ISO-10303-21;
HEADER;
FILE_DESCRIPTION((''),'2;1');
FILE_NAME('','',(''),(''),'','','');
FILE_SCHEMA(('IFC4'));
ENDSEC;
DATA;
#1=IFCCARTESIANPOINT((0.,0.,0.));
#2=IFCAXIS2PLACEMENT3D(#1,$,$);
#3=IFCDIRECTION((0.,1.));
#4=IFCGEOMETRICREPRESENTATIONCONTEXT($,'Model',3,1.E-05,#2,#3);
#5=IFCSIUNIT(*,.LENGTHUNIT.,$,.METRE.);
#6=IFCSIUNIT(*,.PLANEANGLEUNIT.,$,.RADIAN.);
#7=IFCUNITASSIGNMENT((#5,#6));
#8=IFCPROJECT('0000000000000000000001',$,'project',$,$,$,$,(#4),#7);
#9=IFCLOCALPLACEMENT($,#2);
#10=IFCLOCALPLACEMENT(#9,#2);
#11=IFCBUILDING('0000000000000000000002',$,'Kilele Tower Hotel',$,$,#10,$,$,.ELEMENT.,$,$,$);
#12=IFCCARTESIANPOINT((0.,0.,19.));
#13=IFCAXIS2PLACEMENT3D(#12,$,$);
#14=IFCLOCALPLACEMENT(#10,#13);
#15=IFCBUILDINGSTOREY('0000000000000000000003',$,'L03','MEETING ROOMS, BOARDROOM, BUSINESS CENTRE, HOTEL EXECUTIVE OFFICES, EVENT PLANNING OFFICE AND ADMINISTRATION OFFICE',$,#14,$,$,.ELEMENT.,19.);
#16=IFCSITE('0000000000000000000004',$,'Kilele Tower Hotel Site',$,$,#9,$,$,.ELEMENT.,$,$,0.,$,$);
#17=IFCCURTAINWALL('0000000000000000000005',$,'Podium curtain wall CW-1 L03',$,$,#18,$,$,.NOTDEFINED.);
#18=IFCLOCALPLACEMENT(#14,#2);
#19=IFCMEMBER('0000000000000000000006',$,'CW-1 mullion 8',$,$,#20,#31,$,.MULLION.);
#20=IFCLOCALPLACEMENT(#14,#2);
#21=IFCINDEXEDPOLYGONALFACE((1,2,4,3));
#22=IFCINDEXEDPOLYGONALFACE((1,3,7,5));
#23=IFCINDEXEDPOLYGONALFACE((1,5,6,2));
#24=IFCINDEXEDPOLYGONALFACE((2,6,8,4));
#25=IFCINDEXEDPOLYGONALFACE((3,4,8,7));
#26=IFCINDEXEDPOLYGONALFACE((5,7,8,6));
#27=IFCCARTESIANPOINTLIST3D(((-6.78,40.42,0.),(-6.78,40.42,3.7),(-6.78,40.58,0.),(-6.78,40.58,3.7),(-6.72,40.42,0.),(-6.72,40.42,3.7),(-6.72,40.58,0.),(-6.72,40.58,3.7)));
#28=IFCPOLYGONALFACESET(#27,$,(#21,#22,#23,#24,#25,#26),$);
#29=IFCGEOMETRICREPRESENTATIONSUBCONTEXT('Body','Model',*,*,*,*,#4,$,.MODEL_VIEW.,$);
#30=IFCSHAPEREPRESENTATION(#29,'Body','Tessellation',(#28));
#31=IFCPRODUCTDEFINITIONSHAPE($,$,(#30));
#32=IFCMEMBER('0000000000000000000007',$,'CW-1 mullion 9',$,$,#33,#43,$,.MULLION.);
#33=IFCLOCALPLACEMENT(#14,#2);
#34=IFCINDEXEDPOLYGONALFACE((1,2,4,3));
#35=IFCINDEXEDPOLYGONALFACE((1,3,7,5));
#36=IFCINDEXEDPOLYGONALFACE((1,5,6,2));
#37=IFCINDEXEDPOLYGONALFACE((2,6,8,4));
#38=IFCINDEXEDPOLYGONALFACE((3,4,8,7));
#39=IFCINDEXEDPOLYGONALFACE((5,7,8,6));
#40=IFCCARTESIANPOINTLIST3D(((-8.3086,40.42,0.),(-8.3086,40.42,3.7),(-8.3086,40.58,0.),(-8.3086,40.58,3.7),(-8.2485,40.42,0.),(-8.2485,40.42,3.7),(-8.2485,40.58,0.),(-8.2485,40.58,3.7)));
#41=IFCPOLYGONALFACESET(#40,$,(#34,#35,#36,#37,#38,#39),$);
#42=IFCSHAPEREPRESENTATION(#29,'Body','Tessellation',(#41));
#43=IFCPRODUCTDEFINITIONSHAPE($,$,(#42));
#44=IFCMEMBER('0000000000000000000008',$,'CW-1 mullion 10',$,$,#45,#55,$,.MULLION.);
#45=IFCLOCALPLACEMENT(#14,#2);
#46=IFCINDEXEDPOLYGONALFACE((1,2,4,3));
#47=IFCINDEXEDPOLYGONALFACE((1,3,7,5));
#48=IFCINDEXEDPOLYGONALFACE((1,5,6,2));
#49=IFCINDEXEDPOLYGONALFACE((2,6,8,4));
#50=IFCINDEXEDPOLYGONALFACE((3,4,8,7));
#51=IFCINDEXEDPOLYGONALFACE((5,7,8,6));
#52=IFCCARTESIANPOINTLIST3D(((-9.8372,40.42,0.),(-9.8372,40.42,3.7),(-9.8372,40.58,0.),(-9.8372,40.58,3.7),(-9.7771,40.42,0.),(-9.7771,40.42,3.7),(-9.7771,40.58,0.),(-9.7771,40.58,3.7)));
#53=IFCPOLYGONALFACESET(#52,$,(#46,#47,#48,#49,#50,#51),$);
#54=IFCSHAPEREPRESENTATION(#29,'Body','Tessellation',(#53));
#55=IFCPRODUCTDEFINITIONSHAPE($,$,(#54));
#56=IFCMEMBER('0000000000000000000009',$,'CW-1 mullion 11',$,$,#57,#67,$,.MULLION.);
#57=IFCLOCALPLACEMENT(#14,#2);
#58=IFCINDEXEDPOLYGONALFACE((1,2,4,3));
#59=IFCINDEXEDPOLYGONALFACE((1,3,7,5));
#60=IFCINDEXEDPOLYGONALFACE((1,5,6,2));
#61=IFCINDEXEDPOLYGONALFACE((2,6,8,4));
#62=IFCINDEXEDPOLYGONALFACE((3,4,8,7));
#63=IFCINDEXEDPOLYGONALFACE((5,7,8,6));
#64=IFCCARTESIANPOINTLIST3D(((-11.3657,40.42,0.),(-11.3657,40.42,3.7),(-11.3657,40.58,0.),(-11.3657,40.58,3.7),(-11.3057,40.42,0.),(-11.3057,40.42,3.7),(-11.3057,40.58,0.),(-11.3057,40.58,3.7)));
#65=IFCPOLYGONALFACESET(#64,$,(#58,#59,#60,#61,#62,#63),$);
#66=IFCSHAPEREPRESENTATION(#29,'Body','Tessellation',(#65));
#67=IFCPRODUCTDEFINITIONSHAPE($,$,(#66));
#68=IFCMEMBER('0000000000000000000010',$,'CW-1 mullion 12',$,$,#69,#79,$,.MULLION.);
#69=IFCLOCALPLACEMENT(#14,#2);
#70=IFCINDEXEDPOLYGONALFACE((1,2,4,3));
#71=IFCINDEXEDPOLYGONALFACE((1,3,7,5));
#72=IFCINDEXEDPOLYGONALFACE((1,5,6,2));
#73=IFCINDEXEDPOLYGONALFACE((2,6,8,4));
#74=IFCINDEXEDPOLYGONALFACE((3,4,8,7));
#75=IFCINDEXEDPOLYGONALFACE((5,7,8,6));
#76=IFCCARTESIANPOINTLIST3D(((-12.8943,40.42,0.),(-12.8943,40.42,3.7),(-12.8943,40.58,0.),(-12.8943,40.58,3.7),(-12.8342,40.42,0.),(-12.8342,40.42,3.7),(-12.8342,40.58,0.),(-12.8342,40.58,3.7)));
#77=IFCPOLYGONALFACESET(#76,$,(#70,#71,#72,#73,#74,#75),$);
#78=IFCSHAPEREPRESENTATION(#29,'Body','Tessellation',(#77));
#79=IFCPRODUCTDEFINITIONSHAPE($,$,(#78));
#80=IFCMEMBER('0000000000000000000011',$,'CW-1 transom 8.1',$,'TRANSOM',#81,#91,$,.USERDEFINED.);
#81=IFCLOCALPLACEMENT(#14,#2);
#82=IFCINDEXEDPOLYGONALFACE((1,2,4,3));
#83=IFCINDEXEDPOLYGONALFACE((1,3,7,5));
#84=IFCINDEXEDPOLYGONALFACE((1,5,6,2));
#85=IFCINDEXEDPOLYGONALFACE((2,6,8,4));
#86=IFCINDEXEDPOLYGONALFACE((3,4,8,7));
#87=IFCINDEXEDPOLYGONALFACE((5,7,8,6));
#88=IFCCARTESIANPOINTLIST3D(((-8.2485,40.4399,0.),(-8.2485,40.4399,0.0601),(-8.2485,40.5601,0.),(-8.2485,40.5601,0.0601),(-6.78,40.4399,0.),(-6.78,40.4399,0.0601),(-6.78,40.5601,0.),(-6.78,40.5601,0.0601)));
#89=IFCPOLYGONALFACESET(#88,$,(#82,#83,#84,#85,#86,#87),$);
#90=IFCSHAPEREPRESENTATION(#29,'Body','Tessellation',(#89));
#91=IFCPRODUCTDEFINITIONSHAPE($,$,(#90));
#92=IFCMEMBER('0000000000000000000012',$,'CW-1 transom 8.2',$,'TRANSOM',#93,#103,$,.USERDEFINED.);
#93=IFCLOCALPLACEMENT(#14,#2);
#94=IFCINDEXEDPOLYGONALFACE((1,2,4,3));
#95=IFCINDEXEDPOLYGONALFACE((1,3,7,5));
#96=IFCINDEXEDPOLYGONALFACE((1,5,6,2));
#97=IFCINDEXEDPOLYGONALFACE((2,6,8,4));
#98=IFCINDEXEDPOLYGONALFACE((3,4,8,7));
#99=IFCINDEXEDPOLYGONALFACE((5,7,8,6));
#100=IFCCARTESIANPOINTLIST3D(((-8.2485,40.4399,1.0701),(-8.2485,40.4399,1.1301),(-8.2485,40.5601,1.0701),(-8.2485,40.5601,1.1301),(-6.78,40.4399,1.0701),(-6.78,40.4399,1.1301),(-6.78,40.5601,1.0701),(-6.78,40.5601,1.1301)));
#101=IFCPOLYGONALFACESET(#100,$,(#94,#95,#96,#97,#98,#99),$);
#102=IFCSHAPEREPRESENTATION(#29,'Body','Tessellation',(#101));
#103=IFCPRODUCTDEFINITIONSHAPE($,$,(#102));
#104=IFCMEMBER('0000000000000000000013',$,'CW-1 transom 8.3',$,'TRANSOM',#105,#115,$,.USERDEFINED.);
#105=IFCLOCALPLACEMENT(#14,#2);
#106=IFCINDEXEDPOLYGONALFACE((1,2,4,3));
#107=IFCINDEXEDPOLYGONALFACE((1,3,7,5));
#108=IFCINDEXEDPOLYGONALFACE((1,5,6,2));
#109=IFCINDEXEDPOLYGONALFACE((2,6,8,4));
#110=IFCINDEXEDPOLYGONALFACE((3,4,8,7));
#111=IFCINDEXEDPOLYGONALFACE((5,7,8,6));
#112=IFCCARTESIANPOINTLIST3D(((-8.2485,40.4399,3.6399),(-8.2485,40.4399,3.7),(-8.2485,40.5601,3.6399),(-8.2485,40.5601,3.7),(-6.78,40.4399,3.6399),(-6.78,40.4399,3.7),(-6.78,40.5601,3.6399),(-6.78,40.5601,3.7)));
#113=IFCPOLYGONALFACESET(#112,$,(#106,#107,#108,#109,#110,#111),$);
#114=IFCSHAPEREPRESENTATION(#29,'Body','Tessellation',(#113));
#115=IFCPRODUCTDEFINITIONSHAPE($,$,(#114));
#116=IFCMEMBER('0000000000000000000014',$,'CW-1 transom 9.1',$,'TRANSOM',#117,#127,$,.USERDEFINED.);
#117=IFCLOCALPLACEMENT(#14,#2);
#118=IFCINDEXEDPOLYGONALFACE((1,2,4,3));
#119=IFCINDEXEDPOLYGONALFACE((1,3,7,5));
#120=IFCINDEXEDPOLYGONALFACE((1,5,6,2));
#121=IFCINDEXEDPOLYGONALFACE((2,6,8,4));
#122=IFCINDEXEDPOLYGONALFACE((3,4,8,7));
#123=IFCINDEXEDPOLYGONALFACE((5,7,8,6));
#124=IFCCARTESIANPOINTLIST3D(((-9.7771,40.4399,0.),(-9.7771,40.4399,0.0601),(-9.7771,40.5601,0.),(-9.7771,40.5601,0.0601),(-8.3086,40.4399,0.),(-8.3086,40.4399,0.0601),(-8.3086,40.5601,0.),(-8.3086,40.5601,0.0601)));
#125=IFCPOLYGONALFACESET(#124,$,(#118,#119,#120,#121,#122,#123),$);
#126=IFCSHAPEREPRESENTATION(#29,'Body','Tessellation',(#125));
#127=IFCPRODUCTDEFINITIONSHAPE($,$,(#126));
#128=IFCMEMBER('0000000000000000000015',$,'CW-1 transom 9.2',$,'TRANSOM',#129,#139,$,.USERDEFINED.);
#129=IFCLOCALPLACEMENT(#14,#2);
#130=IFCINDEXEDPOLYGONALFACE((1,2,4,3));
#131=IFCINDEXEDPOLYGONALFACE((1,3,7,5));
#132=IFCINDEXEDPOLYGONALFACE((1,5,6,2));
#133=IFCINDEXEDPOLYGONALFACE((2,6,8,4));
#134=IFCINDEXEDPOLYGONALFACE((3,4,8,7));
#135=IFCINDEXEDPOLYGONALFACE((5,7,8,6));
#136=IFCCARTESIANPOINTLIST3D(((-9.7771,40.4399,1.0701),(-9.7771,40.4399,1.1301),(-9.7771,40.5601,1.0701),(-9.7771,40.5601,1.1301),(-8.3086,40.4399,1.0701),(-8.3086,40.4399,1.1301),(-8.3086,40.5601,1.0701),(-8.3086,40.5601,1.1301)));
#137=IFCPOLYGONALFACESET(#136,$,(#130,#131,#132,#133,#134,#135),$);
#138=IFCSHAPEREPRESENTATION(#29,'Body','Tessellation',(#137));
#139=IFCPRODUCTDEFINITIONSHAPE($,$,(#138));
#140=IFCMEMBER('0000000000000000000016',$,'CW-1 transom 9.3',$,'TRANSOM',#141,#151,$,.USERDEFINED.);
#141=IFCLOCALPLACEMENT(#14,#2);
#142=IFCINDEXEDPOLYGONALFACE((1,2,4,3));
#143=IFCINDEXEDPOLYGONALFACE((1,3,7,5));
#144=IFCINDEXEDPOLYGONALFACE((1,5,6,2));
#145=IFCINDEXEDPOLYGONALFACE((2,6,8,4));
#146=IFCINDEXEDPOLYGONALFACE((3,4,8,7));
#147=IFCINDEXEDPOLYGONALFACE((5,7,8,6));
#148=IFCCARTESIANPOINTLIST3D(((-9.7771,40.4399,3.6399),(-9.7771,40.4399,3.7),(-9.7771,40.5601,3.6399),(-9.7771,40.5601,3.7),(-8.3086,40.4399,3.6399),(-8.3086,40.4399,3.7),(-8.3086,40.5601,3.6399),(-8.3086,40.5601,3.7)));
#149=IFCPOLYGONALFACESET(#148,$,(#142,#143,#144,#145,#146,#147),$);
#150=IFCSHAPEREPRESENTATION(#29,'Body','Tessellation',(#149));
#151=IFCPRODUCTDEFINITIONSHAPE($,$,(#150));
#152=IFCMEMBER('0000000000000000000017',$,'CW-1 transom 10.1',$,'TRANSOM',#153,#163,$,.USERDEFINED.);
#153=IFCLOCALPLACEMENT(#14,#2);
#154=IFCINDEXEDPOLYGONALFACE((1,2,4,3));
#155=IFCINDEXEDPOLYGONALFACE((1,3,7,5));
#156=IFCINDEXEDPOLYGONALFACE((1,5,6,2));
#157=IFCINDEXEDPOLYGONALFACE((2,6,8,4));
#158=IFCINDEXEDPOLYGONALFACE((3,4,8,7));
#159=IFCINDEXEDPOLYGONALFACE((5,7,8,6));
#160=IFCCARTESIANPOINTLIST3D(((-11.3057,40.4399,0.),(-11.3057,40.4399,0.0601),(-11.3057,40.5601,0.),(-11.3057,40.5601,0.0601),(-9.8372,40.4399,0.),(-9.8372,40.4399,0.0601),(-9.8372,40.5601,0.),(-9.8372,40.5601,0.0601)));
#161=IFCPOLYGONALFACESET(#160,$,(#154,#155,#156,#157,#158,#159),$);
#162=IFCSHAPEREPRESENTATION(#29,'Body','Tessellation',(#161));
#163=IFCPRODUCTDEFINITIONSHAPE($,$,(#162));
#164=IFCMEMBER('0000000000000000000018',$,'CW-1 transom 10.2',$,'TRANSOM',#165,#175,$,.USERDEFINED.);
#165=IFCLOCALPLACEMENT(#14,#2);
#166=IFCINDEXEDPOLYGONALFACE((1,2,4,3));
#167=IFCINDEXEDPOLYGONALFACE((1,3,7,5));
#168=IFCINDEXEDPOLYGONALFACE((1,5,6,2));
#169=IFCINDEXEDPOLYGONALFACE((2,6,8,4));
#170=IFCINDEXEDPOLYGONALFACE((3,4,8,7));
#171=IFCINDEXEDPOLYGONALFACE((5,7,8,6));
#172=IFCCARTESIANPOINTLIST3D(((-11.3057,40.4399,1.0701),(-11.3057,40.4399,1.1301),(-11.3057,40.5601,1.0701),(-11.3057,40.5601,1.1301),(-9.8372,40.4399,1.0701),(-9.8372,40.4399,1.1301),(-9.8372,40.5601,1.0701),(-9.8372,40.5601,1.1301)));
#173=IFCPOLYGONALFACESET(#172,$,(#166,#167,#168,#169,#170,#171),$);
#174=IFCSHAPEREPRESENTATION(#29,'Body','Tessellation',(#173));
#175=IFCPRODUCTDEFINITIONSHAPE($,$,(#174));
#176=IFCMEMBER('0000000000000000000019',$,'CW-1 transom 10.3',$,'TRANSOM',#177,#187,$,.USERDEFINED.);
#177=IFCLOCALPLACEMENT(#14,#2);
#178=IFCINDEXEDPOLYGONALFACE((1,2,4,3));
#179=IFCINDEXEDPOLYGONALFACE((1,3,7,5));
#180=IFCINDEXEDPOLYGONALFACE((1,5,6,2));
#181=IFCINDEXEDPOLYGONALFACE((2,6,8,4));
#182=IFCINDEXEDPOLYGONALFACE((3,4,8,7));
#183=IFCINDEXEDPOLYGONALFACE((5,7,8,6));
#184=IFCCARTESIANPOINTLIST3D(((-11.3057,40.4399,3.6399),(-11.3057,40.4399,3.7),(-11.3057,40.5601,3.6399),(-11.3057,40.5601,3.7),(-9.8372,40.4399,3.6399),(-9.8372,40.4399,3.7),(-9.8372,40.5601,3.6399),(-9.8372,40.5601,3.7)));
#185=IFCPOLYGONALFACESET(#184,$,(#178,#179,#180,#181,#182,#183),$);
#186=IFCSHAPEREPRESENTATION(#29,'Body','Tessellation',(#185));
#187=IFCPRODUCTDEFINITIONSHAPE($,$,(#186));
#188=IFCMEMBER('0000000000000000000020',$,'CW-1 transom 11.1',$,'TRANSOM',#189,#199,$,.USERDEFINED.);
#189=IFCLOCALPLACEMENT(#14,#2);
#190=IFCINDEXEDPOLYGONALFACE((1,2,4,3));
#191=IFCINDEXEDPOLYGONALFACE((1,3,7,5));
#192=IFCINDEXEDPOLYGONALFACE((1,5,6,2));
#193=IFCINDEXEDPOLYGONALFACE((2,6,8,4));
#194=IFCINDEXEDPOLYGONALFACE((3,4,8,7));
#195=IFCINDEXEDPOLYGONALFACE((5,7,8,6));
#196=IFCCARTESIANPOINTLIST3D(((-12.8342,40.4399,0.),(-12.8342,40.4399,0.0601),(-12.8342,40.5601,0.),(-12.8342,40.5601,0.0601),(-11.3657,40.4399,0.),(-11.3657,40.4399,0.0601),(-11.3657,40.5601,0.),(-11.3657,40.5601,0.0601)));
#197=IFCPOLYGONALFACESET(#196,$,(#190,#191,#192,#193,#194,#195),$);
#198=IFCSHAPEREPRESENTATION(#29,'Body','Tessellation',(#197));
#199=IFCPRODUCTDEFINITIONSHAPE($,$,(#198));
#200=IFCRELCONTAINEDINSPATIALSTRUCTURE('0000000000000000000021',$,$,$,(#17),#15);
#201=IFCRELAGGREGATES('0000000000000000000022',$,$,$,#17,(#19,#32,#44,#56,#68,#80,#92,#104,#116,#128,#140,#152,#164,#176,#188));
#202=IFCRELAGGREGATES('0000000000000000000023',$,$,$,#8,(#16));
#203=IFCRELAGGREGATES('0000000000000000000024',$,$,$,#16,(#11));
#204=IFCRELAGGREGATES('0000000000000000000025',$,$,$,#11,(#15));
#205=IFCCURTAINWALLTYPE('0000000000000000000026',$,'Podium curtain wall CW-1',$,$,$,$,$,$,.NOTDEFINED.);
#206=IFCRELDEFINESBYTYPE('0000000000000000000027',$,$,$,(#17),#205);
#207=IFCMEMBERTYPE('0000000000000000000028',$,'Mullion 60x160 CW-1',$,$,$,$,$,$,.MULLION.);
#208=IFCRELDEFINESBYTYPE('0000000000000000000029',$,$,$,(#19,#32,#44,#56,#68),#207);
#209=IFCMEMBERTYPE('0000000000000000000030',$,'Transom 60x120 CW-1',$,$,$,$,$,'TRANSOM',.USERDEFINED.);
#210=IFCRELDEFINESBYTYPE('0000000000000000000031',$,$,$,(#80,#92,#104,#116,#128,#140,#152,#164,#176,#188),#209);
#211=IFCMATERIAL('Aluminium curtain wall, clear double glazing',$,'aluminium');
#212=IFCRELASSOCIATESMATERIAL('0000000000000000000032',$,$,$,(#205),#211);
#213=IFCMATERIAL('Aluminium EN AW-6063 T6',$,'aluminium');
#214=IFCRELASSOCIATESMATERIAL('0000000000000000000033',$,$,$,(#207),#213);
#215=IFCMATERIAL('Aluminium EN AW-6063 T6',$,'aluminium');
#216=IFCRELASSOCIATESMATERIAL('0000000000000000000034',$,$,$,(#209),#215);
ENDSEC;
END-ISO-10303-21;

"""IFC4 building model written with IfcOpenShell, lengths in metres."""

from ifc_helpers import new_model, si_unit, direction, frame, origin, origin_2d, place, context, subcontext, project, spatial, rectangle, extrude, material, material_profile, profile_set, type_object, element, aggregate, save


model = new_model("IFC4")

# Units and contexts
model_context = context("Model", 3, precision=1e-05, world=origin(), true_north=direction((0.0, 1.0)))
body_context = subcontext(model_context, "Body", "Model", "MODEL_VIEW")
ifc_project = project(units=[si_unit("LENGTHUNIT", "METRE"), si_unit("PLANEANGLEUNIT", "RADIAN")], contexts=[model_context])

# Site, building, storey
site_placement = place(None, origin())
site = spatial("IfcSite", under=ifc_project, at=site_placement, Name="Kilele Tower Hotel Site", CompositionType="ELEMENT", RefElevation=0.0)
building_placement = place(site_placement, origin())
building = spatial("IfcBuilding", under=site, at=building_placement, Name="Kilele Tower Hotel", CompositionType="ELEMENT")
storey_placement = place(building_placement, frame((0.0, 0.0, 19.0)))
storey = spatial("IfcBuildingStorey", under=building, at=storey_placement, Name="L03", Description="MEETING ROOMS, BOARDROOM, BUSINESS CENTRE, HOTEL EXECUTIVE OFFICES, EVENT PLANNING OFFICE AND ADMINISTRATION OFFICE", CompositionType="ELEMENT", Elevation=19.0)

# Curtain wall, members
ifc_material_1 = material(Name="Aluminium curtain wall, clear double glazing", Category="aluminium")
curtain_wall_type = type_object("IfcCurtainWallType", Name="Podium curtain wall CW-1", PredefinedType="NOTDEFINED", material=ifc_material_1)
curtain_wall_placement = place(storey_placement, origin())
curtain_wall = element("IfcCurtainWall", 1, at=curtain_wall_placement, inside=storey, type_object=curtain_wall_type, Name="Podium curtain wall CW-1 L03", PredefinedType="NOTDEFINED")
ifc_material_2 = material(Name="Aluminium EN AW-6063 T6", Category="aluminium")
ifc_material_profile_1 = material_profile(ifc_material_2, rectangle(XDim=0.1599, YDim=0.0601, at=origin_2d()))
ifc_profile_set_1 = profile_set([ifc_material_profile_1], Name="Aluminium EN AW-6063 T6")
member_type_1 = type_object("IfcMemberType", Name="Mullion 60x160 CW-1", PredefinedType="MULLION", material=ifc_profile_set_1)
member_1_placement = place(storey_placement, frame((-6.75, 40.5, 0.0), z_axis=(0.0, 0.0, 1.0), x_axis=(0.0, -1.0, 0.0)))
member_1 = element("IfcMember", 2, at=member_1_placement, type_object=member_type_1, Name="CW-1 mullion 8", PredefinedType="MULLION", context=body_context, shape_type="SweptSolid", body=[
    extrude(rectangle(XDim=0.1599, YDim=0.0601, at=origin_2d()), origin(), (0.0, 0.0, 1.0), 3.7),
])
member_2_placement = place(storey_placement, frame((-8.2786, 40.5, 0.0), z_axis=(0.0, 0.0, 1.0), x_axis=(0.0, -1.0, 0.0)))
member_2 = element("IfcMember", 3, at=member_2_placement, type_object=member_type_1, Name="CW-1 mullion 9", PredefinedType="MULLION", context=body_context, shape_type="SweptSolid", body=[
    extrude(rectangle(XDim=0.1599, YDim=0.0601, at=origin_2d()), origin(), (0.0, 0.0, 1.0), 3.7),
])
member_3_placement = place(storey_placement, frame((-9.8071, 40.5, 0.0), z_axis=(0.0, 0.0, 1.0), x_axis=(0.0, -1.0, 0.0)))
member_3 = element("IfcMember", 4, at=member_3_placement, type_object=member_type_1, Name="CW-1 mullion 10", PredefinedType="MULLION", context=body_context, shape_type="SweptSolid", body=[
    extrude(rectangle(XDim=0.1599, YDim=0.0601, at=origin_2d()), origin(), (0.0, 0.0, 1.0), 3.7),
])
member_4_placement = place(storey_placement, frame((-11.3357, 40.5, 0.0), z_axis=(0.0, 0.0, 1.0), x_axis=(0.0, -1.0, 0.0)))
member_4 = element("IfcMember", 5, at=member_4_placement, type_object=member_type_1, Name="CW-1 mullion 11", PredefinedType="MULLION", context=body_context, shape_type="SweptSolid", body=[
    extrude(rectangle(XDim=0.1599, YDim=0.0601, at=origin_2d()), origin(), (0.0, 0.0, 1.0), 3.7),
])
member_5_placement = place(storey_placement, frame((-12.8643, 40.5, 0.0), z_axis=(0.0, 0.0, 1.0), x_axis=(0.0, -1.0, 0.0)))
member_5 = element("IfcMember", 6, at=member_5_placement, type_object=member_type_1, Name="CW-1 mullion 12", PredefinedType="MULLION", context=body_context, shape_type="SweptSolid", body=[
    extrude(rectangle(XDim=0.1599, YDim=0.0601, at=origin_2d()), origin(), (0.0, 0.0, 1.0), 3.7),
])
ifc_material_3 = material(Name="Aluminium EN AW-6063 T6", Category="aluminium")
ifc_material_profile_2 = material_profile(ifc_material_3, rectangle(XDim=0.1201, YDim=0.0601, at=origin_2d()))
ifc_profile_set_2 = profile_set([ifc_material_profile_2], Name="Aluminium EN AW-6063 T6")
member_type_2 = type_object("IfcMemberType", Name="Transom 60x120 CW-1", ElementType="TRANSOM", PredefinedType="USERDEFINED", material=ifc_profile_set_2)
member_6_placement = place(storey_placement, frame((-6.78, 40.5, 0.03), z_axis=(-1.0, 0.0, 0.0), x_axis=(0.0, -1.0, 0.0)))
member_6 = element("IfcMember", 7, at=member_6_placement, type_object=member_type_2, Name="CW-1 transom 8.1", ObjectType="TRANSOM", PredefinedType="USERDEFINED", context=body_context, shape_type="SweptSolid", body=[
    extrude(rectangle(XDim=0.1201, YDim=0.0601, at=origin_2d()), origin(), (0.0, 0.0, 1.0), 1.4685),
])
member_7_placement = place(storey_placement, frame((-6.78, 40.5, 1.1001), z_axis=(-1.0, 0.0, 0.0), x_axis=(0.0, -1.0, 0.0)))
member_7 = element("IfcMember", 8, at=member_7_placement, type_object=member_type_2, Name="CW-1 transom 8.2", ObjectType="TRANSOM", PredefinedType="USERDEFINED", context=body_context, shape_type="SweptSolid", body=[
    extrude(rectangle(XDim=0.1201, YDim=0.0601, at=origin_2d()), origin(), (0.0, 0.0, 1.0), 1.4685),
])
member_8_placement = place(storey_placement, frame((-6.78, 40.5, 3.6699), z_axis=(-1.0, 0.0, 0.0), x_axis=(0.0, -1.0, 0.0)))
member_8 = element("IfcMember", 9, at=member_8_placement, type_object=member_type_2, Name="CW-1 transom 8.3", ObjectType="TRANSOM", PredefinedType="USERDEFINED", context=body_context, shape_type="SweptSolid", body=[
    extrude(rectangle(XDim=0.1201, YDim=0.0601, at=origin_2d()), origin(), (0.0, 0.0, 1.0), 1.4685),
])
member_9_placement = place(storey_placement, frame((-8.3086, 40.5, 0.03), z_axis=(-1.0, 0.0, 0.0), x_axis=(0.0, -1.0, 0.0)))
member_9 = element("IfcMember", 10, at=member_9_placement, type_object=member_type_2, Name="CW-1 transom 9.1", ObjectType="TRANSOM", PredefinedType="USERDEFINED", context=body_context, shape_type="SweptSolid", body=[
    extrude(rectangle(XDim=0.1201, YDim=0.0601, at=origin_2d()), origin(), (0.0, 0.0, 1.0), 1.4685),
])
member_10_placement = place(storey_placement, frame((-8.3086, 40.5, 1.1001), z_axis=(-1.0, 0.0, 0.0), x_axis=(0.0, -1.0, 0.0)))
member_10 = element("IfcMember", 11, at=member_10_placement, type_object=member_type_2, Name="CW-1 transom 9.2", ObjectType="TRANSOM", PredefinedType="USERDEFINED", context=body_context, shape_type="SweptSolid", body=[
    extrude(rectangle(XDim=0.1201, YDim=0.0601, at=origin_2d()), origin(), (0.0, 0.0, 1.0), 1.4685),
])
member_11_placement = place(storey_placement, frame((-8.3086, 40.5, 3.6699), z_axis=(-1.0, 0.0, 0.0), x_axis=(0.0, -1.0, 0.0)))
member_11 = element("IfcMember", 12, at=member_11_placement, type_object=member_type_2, Name="CW-1 transom 9.3", ObjectType="TRANSOM", PredefinedType="USERDEFINED", context=body_context, shape_type="SweptSolid", body=[
    extrude(rectangle(XDim=0.1201, YDim=0.0601, at=origin_2d()), origin(), (0.0, 0.0, 1.0), 1.4685),
])
member_12_placement = place(storey_placement, frame((-9.8372, 40.5, 0.03), z_axis=(-1.0, 0.0, 0.0), x_axis=(0.0, -1.0, 0.0)))
member_12 = element("IfcMember", 13, at=member_12_placement, type_object=member_type_2, Name="CW-1 transom 10.1", ObjectType="TRANSOM", PredefinedType="USERDEFINED", context=body_context, shape_type="SweptSolid", body=[
    extrude(rectangle(XDim=0.1201, YDim=0.0601, at=origin_2d()), origin(), (0.0, 0.0, 1.0), 1.4685),
])
member_13_placement = place(storey_placement, frame((-9.8372, 40.5, 1.1001), z_axis=(-1.0, 0.0, 0.0), x_axis=(0.0, -1.0, 0.0)))
member_13 = element("IfcMember", 14, at=member_13_placement, type_object=member_type_2, Name="CW-1 transom 10.2", ObjectType="TRANSOM", PredefinedType="USERDEFINED", context=body_context, shape_type="SweptSolid", body=[
    extrude(rectangle(XDim=0.1201, YDim=0.0601, at=origin_2d()), origin(), (0.0, 0.0, 1.0), 1.4685),
])
member_14_placement = place(storey_placement, frame((-9.8372, 40.5, 3.6699), z_axis=(-1.0, 0.0, 0.0), x_axis=(0.0, -1.0, 0.0)))
member_14 = element("IfcMember", 15, at=member_14_placement, type_object=member_type_2, Name="CW-1 transom 10.3", ObjectType="TRANSOM", PredefinedType="USERDEFINED", context=body_context, shape_type="SweptSolid", body=[
    extrude(rectangle(XDim=0.1201, YDim=0.0601, at=origin_2d()), origin(), (0.0, 0.0, 1.0), 1.4685),
])
member_15_placement = place(storey_placement, frame((-11.3657, 40.5, 0.03), z_axis=(-1.0, 0.0, 0.0), x_axis=(0.0, -1.0, 0.0)))
member_15 = element("IfcMember", 16, at=member_15_placement, type_object=member_type_2, Name="CW-1 transom 11.1", ObjectType="TRANSOM", PredefinedType="USERDEFINED", context=body_context, shape_type="SweptSolid", body=[
    extrude(rectangle(XDim=0.1201, YDim=0.0601, at=origin_2d()), origin(), (0.0, 0.0, 1.0), 1.4685),
])
aggregate(curtain_wall, [member_1, member_2, member_3, member_4, member_5, member_6, member_7, member_8, member_9, member_10, member_11, member_12, member_13, member_14, member_15])

save(model, "model.ifc")
